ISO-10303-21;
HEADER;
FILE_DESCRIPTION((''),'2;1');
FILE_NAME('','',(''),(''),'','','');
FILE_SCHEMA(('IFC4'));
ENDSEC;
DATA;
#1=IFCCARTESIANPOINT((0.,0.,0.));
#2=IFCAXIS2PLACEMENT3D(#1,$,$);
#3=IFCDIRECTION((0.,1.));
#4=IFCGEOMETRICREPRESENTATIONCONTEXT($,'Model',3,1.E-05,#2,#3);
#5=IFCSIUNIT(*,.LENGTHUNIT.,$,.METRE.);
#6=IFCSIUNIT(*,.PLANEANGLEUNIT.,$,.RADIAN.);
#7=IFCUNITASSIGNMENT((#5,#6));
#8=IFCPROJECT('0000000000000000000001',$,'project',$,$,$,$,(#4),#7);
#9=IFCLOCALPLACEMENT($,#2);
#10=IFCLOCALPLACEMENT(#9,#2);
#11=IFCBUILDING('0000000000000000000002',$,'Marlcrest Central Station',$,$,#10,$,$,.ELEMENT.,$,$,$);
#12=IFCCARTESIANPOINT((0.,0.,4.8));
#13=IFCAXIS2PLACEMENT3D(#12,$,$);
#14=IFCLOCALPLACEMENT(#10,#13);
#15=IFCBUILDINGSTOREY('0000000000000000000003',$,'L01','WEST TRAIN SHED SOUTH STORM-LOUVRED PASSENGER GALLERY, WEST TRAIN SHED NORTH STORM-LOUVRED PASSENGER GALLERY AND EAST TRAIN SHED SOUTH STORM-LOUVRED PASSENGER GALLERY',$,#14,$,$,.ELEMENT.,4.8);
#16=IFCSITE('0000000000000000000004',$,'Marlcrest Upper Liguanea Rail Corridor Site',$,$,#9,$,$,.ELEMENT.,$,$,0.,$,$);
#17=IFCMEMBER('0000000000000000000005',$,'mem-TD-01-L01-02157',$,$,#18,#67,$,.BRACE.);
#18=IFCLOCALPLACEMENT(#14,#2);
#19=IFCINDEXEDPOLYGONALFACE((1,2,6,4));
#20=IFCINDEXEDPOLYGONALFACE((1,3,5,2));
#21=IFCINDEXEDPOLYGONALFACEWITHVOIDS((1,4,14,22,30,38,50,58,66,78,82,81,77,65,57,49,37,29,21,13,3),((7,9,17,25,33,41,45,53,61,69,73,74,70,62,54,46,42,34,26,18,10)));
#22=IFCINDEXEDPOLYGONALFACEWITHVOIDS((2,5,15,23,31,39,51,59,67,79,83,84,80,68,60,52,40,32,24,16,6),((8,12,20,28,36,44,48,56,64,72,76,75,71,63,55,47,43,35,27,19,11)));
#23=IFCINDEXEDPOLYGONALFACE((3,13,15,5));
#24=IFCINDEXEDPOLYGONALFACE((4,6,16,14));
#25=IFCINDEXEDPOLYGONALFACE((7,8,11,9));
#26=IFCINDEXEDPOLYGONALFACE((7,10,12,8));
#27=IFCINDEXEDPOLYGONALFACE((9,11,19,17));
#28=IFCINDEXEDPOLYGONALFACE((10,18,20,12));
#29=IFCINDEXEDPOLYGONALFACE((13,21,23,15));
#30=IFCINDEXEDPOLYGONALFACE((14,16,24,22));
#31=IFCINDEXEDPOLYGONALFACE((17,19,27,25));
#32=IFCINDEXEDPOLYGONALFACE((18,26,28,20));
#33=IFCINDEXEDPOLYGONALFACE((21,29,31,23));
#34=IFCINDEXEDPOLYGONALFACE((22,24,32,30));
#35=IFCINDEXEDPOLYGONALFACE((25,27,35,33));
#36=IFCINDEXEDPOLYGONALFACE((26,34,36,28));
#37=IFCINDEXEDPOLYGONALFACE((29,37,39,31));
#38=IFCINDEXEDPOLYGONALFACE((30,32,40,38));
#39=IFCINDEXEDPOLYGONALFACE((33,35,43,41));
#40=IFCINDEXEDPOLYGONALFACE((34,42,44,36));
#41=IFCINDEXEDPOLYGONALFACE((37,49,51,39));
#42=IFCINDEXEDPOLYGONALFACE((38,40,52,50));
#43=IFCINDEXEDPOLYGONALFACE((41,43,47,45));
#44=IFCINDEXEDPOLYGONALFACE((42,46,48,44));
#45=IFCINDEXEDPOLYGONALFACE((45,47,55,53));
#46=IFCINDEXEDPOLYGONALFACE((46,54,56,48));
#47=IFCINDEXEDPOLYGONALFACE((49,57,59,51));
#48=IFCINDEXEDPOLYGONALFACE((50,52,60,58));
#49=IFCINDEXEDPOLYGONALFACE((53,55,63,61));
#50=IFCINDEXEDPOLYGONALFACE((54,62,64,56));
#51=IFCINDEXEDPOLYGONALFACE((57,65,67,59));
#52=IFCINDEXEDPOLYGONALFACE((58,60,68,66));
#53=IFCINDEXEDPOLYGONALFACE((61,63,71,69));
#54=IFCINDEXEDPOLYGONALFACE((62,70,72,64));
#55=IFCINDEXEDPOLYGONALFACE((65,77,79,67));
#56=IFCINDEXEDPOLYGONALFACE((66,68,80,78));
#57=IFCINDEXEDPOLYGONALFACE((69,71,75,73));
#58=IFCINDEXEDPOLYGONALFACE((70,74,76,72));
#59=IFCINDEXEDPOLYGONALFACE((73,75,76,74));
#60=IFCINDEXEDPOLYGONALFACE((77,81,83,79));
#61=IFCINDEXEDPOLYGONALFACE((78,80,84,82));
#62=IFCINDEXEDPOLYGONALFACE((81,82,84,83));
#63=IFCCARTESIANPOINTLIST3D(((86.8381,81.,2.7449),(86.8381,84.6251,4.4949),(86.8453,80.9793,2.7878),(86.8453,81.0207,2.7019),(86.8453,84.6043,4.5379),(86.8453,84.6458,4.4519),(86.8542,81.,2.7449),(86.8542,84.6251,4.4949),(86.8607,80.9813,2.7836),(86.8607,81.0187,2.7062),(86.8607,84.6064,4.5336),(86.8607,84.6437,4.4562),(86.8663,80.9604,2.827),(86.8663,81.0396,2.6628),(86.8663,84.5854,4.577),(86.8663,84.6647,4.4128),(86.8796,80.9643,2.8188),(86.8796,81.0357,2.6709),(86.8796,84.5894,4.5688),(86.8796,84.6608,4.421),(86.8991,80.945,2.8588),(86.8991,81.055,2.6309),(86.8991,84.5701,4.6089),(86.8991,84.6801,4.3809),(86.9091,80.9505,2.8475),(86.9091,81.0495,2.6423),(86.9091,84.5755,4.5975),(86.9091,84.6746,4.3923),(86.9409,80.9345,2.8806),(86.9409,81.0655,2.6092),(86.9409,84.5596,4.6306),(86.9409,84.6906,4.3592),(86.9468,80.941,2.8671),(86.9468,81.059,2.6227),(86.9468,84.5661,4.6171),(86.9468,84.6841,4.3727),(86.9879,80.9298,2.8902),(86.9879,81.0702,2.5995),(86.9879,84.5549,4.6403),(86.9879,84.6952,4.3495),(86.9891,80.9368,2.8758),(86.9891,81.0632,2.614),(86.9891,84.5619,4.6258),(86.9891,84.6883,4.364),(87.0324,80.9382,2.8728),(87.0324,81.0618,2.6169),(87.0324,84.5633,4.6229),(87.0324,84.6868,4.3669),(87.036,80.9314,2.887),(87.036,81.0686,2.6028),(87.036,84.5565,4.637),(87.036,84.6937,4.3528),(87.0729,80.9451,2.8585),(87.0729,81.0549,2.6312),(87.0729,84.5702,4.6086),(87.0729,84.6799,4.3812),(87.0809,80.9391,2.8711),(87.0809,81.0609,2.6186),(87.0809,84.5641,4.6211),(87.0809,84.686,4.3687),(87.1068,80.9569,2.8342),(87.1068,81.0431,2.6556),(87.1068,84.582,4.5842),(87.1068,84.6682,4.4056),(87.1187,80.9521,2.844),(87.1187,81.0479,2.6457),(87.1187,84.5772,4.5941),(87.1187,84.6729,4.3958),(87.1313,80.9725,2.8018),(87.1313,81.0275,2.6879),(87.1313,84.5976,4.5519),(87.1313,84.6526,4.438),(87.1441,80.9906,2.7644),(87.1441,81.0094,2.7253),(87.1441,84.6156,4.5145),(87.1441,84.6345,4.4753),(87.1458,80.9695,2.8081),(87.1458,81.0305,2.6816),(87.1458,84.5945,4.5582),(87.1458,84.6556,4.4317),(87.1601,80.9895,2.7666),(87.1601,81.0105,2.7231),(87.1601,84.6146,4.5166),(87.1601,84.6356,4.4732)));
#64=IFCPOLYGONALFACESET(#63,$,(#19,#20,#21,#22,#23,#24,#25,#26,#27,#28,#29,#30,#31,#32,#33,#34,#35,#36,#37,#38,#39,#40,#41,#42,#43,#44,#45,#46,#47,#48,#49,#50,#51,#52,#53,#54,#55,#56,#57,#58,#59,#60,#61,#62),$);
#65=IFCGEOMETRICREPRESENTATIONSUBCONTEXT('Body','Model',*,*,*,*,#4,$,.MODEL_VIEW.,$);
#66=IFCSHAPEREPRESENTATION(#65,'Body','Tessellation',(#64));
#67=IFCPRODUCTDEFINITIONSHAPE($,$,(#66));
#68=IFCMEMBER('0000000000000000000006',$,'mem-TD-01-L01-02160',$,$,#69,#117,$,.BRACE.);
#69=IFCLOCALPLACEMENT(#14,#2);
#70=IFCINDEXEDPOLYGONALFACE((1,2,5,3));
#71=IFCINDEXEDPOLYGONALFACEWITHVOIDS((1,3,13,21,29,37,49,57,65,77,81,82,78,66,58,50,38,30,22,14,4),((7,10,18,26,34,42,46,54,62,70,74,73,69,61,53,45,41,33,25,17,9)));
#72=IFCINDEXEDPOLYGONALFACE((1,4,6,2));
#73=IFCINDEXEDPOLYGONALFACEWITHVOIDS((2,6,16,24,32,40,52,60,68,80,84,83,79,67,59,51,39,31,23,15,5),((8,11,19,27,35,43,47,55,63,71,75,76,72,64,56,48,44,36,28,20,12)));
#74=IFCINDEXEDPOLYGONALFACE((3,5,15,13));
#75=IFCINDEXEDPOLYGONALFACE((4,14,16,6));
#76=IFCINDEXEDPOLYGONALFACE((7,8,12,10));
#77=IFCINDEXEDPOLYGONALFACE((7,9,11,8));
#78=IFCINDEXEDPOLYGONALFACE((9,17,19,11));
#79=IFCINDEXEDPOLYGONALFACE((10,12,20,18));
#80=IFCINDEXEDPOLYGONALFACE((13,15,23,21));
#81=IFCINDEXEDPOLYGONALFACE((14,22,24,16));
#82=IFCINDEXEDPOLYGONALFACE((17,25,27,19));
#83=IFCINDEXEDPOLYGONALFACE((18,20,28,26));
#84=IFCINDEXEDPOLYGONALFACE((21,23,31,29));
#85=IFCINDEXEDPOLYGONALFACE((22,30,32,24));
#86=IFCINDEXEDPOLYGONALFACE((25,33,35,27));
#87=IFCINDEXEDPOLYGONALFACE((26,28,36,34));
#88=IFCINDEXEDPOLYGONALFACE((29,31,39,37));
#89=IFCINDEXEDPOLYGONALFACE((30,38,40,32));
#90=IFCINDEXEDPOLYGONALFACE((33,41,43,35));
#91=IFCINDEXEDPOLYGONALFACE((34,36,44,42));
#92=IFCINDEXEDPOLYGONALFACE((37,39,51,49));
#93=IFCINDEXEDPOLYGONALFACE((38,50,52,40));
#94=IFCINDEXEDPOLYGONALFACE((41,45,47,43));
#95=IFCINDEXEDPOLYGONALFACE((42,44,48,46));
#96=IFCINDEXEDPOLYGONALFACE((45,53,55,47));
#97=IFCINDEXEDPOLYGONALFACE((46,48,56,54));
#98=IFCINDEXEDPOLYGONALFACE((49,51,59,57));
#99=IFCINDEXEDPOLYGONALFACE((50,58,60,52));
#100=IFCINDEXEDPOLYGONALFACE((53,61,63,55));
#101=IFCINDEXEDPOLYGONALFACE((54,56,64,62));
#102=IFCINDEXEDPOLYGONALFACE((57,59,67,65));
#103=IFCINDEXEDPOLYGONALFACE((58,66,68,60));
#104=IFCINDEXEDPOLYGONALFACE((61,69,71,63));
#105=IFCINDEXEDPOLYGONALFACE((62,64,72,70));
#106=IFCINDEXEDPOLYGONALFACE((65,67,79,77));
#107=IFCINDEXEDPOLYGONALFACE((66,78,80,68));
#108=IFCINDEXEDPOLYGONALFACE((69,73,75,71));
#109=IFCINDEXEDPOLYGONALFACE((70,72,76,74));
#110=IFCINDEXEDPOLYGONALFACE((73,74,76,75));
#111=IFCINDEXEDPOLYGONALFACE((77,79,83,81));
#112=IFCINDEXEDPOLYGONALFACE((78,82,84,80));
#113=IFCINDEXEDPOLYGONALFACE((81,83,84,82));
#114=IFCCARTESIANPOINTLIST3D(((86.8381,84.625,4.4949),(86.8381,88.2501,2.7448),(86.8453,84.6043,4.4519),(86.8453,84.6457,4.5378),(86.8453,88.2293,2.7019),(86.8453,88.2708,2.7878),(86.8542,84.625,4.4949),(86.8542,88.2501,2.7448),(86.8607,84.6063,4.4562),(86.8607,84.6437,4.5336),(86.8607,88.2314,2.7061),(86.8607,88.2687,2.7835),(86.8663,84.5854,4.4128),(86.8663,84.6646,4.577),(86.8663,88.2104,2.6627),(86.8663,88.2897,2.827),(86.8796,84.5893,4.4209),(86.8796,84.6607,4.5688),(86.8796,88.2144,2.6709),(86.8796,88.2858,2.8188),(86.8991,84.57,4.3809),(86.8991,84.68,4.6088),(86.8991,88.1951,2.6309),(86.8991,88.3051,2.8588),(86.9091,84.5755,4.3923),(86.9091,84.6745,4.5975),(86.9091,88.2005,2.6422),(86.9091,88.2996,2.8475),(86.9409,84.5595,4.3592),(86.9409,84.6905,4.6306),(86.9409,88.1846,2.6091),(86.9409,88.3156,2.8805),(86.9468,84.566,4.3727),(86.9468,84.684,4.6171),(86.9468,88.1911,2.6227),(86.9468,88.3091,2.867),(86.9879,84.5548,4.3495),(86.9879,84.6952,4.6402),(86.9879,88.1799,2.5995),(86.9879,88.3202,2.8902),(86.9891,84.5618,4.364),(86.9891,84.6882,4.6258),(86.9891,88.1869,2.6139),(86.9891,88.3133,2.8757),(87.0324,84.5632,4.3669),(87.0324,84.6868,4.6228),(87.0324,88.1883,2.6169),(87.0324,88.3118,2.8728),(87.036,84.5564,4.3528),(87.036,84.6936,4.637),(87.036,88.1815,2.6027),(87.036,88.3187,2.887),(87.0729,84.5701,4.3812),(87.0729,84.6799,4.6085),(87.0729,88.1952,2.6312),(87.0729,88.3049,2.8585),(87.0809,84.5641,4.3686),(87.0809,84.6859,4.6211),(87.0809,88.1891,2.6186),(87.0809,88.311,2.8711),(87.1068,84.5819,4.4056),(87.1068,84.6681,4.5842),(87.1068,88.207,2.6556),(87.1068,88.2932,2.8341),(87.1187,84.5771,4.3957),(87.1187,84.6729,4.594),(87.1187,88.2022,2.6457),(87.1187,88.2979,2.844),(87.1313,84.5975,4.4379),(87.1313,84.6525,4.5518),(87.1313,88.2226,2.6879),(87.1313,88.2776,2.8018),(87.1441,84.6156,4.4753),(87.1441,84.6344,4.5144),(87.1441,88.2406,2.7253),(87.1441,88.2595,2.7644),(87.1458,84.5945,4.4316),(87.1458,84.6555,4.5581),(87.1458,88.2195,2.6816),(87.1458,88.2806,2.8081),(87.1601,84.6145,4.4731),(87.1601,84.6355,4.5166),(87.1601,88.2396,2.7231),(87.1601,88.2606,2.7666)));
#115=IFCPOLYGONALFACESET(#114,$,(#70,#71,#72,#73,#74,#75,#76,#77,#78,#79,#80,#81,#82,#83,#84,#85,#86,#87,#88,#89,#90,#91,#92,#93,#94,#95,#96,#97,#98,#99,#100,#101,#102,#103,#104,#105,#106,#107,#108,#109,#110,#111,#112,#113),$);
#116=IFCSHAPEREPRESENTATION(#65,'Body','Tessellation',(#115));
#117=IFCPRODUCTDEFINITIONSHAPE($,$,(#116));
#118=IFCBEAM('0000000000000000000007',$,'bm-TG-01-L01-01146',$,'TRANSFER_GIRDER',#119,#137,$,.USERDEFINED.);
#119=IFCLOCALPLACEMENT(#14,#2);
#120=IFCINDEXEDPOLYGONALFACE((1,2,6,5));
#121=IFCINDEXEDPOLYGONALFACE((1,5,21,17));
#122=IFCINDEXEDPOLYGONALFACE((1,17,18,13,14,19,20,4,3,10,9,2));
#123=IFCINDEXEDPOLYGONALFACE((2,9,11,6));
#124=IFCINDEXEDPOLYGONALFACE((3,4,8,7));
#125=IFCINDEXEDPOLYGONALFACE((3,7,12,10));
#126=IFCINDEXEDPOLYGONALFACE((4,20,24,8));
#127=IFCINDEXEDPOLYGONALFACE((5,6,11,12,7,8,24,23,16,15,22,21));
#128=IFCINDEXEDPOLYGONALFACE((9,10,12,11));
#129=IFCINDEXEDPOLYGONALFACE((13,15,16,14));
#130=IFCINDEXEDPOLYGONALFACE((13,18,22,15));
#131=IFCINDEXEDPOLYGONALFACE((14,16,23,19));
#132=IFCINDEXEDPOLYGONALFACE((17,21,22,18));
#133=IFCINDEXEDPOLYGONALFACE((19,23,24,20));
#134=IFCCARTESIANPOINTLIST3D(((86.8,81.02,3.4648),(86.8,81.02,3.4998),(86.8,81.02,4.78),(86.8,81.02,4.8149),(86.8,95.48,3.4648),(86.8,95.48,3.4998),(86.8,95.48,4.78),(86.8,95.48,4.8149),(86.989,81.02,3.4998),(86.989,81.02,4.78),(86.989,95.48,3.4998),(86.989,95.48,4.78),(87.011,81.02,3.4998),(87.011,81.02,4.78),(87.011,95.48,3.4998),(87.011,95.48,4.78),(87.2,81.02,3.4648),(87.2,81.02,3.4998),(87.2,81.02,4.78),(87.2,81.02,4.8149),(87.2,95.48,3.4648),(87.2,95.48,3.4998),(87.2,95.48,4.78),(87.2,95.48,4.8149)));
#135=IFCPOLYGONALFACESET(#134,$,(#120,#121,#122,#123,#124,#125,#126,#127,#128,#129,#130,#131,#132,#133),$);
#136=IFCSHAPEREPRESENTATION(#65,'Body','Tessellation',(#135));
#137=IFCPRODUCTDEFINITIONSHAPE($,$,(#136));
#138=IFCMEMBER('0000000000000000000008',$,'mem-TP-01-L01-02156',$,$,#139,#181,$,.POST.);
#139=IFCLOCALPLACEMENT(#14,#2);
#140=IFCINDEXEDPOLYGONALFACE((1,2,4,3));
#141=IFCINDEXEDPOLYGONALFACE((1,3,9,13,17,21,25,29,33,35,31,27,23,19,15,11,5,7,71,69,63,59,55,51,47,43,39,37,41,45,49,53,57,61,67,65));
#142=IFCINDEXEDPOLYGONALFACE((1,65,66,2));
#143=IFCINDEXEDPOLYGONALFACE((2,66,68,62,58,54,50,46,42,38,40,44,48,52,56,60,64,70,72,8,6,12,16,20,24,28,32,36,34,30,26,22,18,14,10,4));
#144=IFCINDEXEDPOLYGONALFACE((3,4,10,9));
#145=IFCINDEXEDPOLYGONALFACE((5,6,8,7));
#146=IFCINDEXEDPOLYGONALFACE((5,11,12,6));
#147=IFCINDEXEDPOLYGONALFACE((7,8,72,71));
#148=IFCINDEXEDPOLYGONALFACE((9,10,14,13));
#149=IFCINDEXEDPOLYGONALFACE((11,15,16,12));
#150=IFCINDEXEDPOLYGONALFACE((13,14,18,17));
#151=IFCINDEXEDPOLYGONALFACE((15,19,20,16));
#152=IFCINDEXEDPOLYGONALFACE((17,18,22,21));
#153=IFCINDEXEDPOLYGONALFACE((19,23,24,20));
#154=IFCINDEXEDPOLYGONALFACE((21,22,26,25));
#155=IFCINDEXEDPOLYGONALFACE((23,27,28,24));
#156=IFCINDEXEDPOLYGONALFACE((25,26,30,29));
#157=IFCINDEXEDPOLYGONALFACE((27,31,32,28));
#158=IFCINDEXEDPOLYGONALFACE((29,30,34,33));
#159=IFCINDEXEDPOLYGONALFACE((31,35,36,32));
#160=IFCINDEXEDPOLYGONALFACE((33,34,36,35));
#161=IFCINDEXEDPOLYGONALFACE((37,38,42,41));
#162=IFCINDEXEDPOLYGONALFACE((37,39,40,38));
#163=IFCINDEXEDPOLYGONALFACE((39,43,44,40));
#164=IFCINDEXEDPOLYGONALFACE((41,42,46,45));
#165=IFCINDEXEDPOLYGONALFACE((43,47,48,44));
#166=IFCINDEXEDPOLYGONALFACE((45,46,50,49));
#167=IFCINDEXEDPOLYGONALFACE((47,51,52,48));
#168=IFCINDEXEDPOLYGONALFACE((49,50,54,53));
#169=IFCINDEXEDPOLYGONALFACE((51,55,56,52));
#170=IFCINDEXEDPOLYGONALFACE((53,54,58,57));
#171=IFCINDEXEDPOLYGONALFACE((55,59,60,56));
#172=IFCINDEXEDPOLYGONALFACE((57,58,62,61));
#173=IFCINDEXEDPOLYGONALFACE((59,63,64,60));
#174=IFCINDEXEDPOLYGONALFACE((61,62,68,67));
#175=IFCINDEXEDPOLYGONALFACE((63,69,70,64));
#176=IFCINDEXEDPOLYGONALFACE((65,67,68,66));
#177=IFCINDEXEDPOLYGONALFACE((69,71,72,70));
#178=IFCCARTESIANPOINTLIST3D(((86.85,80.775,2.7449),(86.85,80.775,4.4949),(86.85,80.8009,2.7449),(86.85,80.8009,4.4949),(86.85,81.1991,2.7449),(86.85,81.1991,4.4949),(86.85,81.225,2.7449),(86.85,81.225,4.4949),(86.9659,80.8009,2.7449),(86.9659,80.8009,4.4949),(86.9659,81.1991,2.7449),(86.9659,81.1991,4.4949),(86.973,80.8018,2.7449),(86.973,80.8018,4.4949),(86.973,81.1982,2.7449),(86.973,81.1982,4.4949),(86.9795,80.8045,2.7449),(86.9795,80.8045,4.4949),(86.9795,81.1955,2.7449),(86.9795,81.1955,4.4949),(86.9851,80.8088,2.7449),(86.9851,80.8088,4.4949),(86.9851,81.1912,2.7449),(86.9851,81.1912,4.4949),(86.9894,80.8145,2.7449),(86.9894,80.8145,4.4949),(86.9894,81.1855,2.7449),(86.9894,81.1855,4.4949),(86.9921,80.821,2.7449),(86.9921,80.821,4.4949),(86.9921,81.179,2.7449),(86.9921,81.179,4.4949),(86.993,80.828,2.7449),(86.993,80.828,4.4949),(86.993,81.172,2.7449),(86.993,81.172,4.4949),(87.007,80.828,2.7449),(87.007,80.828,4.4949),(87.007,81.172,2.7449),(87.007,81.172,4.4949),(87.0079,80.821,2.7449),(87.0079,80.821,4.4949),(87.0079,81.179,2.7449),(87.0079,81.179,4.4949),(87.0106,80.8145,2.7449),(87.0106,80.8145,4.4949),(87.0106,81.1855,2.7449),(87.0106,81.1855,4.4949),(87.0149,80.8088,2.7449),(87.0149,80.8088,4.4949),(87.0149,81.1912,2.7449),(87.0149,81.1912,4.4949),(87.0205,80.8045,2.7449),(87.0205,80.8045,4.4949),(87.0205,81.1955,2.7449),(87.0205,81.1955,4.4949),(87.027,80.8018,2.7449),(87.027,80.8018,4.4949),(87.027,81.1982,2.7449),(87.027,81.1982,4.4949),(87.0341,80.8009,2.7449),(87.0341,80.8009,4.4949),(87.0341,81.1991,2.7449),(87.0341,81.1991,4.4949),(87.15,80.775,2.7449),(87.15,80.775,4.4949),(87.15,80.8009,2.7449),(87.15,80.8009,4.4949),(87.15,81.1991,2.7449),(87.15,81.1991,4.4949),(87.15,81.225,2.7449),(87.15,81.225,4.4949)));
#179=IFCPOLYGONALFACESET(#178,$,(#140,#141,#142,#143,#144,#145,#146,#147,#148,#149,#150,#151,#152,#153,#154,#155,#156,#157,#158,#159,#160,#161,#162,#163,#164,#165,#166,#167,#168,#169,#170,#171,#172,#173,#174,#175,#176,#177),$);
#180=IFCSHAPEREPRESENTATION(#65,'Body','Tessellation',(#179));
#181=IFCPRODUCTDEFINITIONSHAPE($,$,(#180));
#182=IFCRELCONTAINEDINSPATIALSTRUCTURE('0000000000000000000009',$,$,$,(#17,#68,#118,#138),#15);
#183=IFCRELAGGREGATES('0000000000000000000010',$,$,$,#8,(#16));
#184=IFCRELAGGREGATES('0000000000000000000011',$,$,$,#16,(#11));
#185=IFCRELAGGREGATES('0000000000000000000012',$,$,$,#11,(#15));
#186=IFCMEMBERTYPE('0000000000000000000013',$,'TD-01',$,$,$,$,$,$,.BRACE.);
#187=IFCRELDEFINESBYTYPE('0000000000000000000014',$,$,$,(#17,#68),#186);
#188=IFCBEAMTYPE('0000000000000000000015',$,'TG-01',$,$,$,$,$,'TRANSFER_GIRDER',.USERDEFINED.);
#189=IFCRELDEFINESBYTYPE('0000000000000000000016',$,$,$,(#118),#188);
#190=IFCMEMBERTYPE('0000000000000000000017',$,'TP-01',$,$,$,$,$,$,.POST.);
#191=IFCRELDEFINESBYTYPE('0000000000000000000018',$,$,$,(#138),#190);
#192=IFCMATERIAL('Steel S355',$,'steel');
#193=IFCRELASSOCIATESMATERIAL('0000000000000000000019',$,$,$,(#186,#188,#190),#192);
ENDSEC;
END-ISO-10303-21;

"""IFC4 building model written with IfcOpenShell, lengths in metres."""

from ifc_helpers import new_model, si_unit, direction, frame, origin, origin_2d, place, context, subcontext, project, spatial, hollow_circle, i_section, extrude, material, material_profile, profile_set, type_object, element, save


model = new_model("IFC4")

# Units and contexts
model_context = context("Model", 3, precision=1e-05, world=origin(), true_north=direction((0.0, 1.0)))
body_context = subcontext(model_context, "Body", "Model", "MODEL_VIEW")
ifc_project = project(units=[si_unit("LENGTHUNIT", "METRE"), si_unit("PLANEANGLEUNIT", "RADIAN")], contexts=[model_context])

# Site, building, storey
site_placement = place(None, origin())
site = spatial("IfcSite", under=ifc_project, at=site_placement, Name="Marlcrest Upper Liguanea Rail Corridor Site", CompositionType="ELEMENT", RefElevation=0.0)
building_placement = place(site_placement, origin())
building = spatial("IfcBuilding", under=site, at=building_placement, Name="Marlcrest Central Station", CompositionType="ELEMENT")
storey_placement = place(building_placement, frame((0.0, 0.0, 4.8)))
storey = spatial("IfcBuildingStorey", under=building, at=storey_placement, Name="L01", Description="WEST TRAIN SHED SOUTH STORM-LOUVRED PASSENGER GALLERY, WEST TRAIN SHED NORTH STORM-LOUVRED PASSENGER GALLERY AND EAST TRAIN SHED SOUTH STORM-LOUVRED PASSENGER GALLERY", CompositionType="ELEMENT", Elevation=4.8)

# Shared definitions
ifc_material_1 = material(Name="Steel S355", Category="steel")

# Members
ifc_material_profile_1 = material_profile(ifc_material_1, hollow_circle(Radius=0.1619, WallThickness=0.0161, at=origin_2d()), Name="CHS 323.9x16")
ifc_profile_set_1 = profile_set([ifc_material_profile_1], Name="Steel S355")
member_type_1 = type_object("IfcMemberType", Name="TD-01", PredefinedType="BRACE", material=ifc_profile_set_1)
for number, where, z_axis, x_axis, name in (
    (1, (87.0, 81.0, 2.7449), (0.0, 0.900552, 0.434749), (-1.0, 0.0, 0.0), "mem-TD-01-L01-02157"),
    (2, (87.0, 84.625, 4.4949), (0.0, 0.900552, -0.434749), (-1.0, 0.0, 0.0), "mem-TD-01-L01-02160"),
):
    element("IfcMember", number, at=place(storey_placement, frame(where, z_axis=z_axis, x_axis=x_axis)), inside=storey, type_object=member_type_1, Name=name, PredefinedType="BRACE", context=body_context, shape_type="SweptSolid", body=[
        extrude(hollow_circle(Radius=0.1619, WallThickness=0.0161, at=origin_2d()), origin(), (0.0, 0.0, 1.0), 4.0254),
    ])

# Beam
ifc_material_profile_2 = material_profile(ifc_material_1, i_section(OverallWidth=0.3999, OverallDepth=1.3501, WebThickness=0.022, FlangeThickness=0.0349, at=origin_2d()), Name="PG 1350x400")
ifc_profile_set_2 = profile_set([ifc_material_profile_2], Name="Steel S355")
beam_type = type_object("IfcBeamType", Name="TG-01", ElementType="TRANSFER_GIRDER", PredefinedType="USERDEFINED", material=ifc_profile_set_2)
beam_placement = place(storey_placement, frame((87.0, 81.02, 4.1399), z_axis=(0.0, 1.0, 0.0), x_axis=(-1.0, 0.0, 0.0)))
element("IfcBeam", 3, at=beam_placement, inside=storey, type_object=beam_type, Name="bm-TG-01-L01-01146", ObjectType="TRANSFER_GIRDER", PredefinedType="USERDEFINED", context=body_context, shape_type="SweptSolid", body=[
    extrude(i_section(OverallWidth=0.3999, OverallDepth=1.3501, WebThickness=0.022, FlangeThickness=0.0349, at=origin_2d()), origin(), (0.0, 0.0, 1.0), 14.46),
])

# Member
ifc_material_profile_3 = material_profile(ifc_material_1, i_section(OverallWidth=0.3, OverallDepth=0.45, WebThickness=0.0139, FlangeThickness=0.0259, FilletRadius=0.0271, at=origin_2d()), Name="HEB 450")
ifc_profile_set_3 = profile_set([ifc_material_profile_3], Name="Steel S355")
member_type_2 = type_object("IfcMemberType", Name="TP-01", PredefinedType="POST", material=ifc_profile_set_3)
for number, where, z_axis, x_axis, name in (
    (4, (87.0, 81.0, 2.7449), (0.0, 0.0, 1.0), (1.0, 0.0, 0.0), "mem-TP-01-L01-02156"),
):
    element("IfcMember", number, at=place(storey_placement, frame(where, z_axis=z_axis, x_axis=x_axis)), inside=storey, type_object=member_type_2, Name=name, PredefinedType="POST", context=body_context, shape_type="SweptSolid", body=[
        extrude(i_section(OverallWidth=0.3, OverallDepth=0.45, WebThickness=0.0139, FlangeThickness=0.0259, FilletRadius=0.0271, at=origin_2d()), origin(), (0.0, 0.0, 1.0), 1.75),
    ])

save(model, "model.ifc")
